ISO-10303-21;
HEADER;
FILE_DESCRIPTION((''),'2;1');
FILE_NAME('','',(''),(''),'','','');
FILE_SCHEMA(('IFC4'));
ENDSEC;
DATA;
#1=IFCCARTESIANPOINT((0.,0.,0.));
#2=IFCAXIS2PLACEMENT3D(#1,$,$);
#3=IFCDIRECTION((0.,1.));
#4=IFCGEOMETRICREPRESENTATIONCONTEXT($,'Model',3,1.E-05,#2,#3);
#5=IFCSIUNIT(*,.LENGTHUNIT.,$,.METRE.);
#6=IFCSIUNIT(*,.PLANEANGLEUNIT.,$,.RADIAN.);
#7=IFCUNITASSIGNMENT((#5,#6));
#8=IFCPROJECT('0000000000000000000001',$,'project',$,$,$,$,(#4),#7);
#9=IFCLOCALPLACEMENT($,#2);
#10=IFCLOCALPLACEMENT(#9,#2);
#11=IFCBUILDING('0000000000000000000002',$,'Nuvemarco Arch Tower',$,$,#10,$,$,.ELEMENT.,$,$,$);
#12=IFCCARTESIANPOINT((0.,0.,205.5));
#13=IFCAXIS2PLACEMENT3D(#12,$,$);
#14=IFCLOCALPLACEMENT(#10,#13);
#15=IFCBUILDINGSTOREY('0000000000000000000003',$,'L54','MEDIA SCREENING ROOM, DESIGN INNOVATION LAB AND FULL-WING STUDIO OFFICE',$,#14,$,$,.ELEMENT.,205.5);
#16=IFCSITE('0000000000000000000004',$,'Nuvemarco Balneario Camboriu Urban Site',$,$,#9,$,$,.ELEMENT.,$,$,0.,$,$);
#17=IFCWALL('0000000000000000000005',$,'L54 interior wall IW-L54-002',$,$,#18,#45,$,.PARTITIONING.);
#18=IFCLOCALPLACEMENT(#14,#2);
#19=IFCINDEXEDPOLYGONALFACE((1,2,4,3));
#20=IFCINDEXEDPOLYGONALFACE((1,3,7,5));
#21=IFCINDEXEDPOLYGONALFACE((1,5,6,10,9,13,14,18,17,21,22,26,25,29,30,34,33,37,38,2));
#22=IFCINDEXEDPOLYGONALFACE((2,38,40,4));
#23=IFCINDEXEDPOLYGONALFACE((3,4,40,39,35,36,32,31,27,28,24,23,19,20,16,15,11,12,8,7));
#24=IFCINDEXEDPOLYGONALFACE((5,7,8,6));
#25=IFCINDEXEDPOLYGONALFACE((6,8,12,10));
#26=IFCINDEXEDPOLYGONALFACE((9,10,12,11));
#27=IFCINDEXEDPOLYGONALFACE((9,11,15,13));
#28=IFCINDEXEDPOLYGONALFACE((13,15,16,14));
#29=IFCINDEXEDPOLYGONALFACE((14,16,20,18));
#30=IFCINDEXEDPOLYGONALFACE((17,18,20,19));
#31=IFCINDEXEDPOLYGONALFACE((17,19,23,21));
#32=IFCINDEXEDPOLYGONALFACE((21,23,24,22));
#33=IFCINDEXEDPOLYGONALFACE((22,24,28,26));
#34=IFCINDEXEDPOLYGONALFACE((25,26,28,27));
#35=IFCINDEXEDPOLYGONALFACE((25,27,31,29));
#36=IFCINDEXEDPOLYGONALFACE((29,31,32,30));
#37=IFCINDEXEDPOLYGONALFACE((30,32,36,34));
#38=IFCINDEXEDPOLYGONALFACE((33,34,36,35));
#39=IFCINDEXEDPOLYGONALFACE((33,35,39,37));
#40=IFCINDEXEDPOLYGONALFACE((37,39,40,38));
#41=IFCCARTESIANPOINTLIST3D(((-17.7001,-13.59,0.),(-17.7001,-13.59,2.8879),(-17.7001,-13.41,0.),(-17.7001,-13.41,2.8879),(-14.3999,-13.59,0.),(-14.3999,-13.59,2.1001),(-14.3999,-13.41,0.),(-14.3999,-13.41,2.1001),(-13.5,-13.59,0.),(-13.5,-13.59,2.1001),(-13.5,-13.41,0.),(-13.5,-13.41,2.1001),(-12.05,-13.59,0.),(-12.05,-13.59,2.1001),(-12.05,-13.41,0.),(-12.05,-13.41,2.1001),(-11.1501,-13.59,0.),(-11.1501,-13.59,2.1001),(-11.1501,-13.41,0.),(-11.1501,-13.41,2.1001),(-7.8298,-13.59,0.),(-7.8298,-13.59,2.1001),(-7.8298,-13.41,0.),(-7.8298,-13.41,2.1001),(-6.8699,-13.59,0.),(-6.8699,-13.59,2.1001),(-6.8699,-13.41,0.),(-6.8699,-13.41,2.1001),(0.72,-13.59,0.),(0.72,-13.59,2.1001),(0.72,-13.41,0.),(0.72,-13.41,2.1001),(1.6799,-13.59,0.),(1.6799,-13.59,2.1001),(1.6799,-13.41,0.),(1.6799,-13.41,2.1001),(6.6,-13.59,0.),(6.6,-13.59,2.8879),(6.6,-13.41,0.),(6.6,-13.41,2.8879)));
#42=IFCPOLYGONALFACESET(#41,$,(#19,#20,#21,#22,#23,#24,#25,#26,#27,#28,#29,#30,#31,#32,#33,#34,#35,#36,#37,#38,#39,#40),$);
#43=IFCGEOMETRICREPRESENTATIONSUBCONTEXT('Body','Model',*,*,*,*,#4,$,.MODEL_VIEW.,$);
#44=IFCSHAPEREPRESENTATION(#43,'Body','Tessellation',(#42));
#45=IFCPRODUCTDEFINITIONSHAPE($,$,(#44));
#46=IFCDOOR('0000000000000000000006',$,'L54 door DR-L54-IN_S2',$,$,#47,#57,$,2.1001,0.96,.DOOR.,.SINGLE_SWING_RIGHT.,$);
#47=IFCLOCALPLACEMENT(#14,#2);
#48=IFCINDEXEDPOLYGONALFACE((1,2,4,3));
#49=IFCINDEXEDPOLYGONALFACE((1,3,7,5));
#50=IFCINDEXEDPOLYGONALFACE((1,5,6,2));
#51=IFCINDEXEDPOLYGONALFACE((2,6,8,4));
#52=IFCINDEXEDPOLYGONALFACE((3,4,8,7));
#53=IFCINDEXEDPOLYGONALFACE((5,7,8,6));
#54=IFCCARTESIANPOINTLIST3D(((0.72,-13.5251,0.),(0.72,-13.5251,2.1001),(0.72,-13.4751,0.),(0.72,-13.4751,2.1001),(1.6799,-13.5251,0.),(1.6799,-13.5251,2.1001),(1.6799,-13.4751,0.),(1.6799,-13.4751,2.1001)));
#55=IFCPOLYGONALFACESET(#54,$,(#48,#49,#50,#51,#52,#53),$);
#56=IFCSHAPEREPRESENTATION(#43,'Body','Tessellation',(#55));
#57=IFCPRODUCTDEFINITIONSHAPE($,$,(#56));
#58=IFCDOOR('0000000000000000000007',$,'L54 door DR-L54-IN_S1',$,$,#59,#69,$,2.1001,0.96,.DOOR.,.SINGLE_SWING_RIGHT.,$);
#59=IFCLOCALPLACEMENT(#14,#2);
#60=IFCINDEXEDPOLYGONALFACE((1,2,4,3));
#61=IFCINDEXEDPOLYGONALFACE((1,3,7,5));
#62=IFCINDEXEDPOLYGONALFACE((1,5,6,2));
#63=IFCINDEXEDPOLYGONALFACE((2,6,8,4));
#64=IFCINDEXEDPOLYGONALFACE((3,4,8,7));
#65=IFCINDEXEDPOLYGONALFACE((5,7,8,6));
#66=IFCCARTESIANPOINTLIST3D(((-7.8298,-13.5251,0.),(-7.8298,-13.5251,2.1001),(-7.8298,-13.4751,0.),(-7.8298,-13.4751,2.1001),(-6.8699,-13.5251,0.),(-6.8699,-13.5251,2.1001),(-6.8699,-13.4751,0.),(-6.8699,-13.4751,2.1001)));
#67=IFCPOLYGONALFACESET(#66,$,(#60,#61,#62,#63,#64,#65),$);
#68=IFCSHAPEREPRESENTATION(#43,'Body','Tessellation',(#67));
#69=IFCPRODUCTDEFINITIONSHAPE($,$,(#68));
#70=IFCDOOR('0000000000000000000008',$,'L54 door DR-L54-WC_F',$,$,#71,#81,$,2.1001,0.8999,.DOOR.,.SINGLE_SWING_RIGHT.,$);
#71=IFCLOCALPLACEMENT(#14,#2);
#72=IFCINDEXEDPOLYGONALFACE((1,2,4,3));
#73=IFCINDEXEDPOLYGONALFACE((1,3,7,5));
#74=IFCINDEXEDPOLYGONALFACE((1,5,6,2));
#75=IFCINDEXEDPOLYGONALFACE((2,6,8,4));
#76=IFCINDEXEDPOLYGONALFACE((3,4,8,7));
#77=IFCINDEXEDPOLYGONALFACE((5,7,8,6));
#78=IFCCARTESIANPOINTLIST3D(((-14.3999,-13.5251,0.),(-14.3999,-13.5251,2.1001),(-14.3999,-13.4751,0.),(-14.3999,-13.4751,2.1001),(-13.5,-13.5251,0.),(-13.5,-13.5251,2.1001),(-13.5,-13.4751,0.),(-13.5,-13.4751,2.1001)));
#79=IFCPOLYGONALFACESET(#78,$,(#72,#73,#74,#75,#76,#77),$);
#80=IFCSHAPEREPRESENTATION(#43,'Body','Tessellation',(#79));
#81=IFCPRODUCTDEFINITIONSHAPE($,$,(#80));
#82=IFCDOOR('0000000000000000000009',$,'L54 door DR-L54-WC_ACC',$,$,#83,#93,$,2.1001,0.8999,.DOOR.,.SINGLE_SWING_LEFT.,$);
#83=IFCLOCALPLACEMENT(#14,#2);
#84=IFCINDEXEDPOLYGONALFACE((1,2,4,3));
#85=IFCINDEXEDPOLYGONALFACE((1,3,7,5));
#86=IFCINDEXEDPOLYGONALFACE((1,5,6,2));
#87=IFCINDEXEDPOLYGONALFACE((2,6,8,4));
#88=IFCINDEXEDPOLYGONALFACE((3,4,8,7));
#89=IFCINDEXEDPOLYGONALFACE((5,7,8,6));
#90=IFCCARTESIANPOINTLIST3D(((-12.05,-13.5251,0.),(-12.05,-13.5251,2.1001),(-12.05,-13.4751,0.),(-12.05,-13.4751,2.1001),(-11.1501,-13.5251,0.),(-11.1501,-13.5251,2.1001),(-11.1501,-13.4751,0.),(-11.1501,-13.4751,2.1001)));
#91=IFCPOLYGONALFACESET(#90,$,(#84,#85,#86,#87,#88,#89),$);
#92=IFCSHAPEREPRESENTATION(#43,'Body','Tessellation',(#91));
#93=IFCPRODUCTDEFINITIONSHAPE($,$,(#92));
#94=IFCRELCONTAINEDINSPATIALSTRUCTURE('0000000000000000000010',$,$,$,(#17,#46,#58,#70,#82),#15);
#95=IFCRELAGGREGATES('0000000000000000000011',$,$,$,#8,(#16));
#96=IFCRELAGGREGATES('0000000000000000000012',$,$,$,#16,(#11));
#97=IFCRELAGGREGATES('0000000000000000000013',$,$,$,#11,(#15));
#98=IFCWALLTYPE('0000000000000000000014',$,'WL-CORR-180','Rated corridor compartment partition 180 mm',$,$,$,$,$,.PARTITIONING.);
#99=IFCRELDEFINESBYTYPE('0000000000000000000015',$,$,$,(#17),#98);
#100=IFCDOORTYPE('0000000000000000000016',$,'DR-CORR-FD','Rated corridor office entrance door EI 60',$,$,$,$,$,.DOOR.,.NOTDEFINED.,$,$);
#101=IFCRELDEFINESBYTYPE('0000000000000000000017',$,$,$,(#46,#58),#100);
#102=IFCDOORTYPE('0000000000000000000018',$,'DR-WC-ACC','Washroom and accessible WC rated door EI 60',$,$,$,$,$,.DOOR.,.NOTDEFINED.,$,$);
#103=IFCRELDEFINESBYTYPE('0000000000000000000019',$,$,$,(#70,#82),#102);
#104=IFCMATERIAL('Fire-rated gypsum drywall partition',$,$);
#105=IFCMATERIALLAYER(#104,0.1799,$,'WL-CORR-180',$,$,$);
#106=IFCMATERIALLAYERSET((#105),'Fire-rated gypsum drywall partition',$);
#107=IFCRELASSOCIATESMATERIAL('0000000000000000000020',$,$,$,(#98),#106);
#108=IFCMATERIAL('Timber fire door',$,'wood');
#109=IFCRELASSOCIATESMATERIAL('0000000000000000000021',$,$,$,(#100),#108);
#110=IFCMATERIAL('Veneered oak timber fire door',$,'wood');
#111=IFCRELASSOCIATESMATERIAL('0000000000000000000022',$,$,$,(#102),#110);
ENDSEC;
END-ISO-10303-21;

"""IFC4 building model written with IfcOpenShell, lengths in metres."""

from ifc_helpers import new_model, si_unit, direction, frame, frame_2d, origin, place, context, subcontext, project, spatial, rectangle, extrude, source, transform, mapped, material, layer, layer_set, type_object, type_shapes, element, fill, save


model = new_model("IFC4")

# Units and contexts
model_context = context("Model", 3, precision=1e-05, world=origin(), true_north=direction((0.0, 1.0)))
body_context = subcontext(model_context, "Body", "Model", "MODEL_VIEW")
ifc_project = project(units=[si_unit("LENGTHUNIT", "METRE"), si_unit("PLANEANGLEUNIT", "RADIAN")], contexts=[model_context])

# Site, building, storey
site_placement = place(None, origin())
site = spatial("IfcSite", under=ifc_project, at=site_placement, Name="Nuvemarco Balneario Camboriu Urban Site", CompositionType="ELEMENT", RefElevation=0.0)
building_placement = place(site_placement, origin())
building = spatial("IfcBuilding", under=site, at=building_placement, Name="Nuvemarco Arch Tower", CompositionType="ELEMENT")
storey_placement = place(building_placement, frame((0.0, 0.0, 205.5)))
storey = spatial("IfcBuildingStorey", under=building, at=storey_placement, Name="L54", Description="MEDIA SCREENING ROOM, DESIGN INNOVATION LAB AND FULL-WING STUDIO OFFICE", CompositionType="ELEMENT", Elevation=205.5)

# Wall, openings, doors
ifc_material_1 = material(Name="Fire-rated gypsum drywall partition")
ifc_layer_1 = layer(ifc_material_1, 0.1799, Name="WL-CORR-180")
ifc_layer_set_1 = layer_set([ifc_layer_1], Name="Fire-rated gypsum drywall partition")
wall_type_1 = type_object("IfcWallType", Name="WL-CORR-180", Description="Rated corridor compartment partition 180 mm", PredefinedType="PARTITIONING", material=ifc_layer_set_1)
wall_1_placement = place(storey_placement, frame((-17.7, -13.5, 0.0), z_axis=(0.0, 0.0, 1.0), x_axis=(1.0, 0.0, 0.0)))
wall_1 = element("IfcWall", 1, at=wall_1_placement, inside=storey, type_object=wall_type_1, Name="L54 interior wall IW-L54-002", PredefinedType="PARTITIONING", context=body_context, shape_type="SweptSolid", body=[
    extrude(rectangle(XDim=24.3, YDim=0.1799, at=frame_2d((12.1499, 0.0))), origin(), (0.0, 0.0, 1.0), 2.8879),
])
opening_1_placement = place(wall_1_placement, frame((18.4199, 0.0, 0.0)))
opening_1 = element("IfcOpeningElement", 2, at=opening_1_placement, cuts=wall_1, PredefinedType="OPENING", context=body_context, shape_type="SweptSolid", body=[
    extrude(rectangle(XDim=0.96, YDim=2.1001, at=frame_2d((0.48, 1.05))), frame((0.0, 0.0999, 0.0), z_axis=(0.0, -1.0, 0.0), x_axis=(1.0, 0.0, 0.0)), (0.0, 0.0, 1.0), 0.2),
])
opening_2_placement = place(wall_1_placement, frame((9.8701, 0.0, 0.0)))
opening_2 = element("IfcOpeningElement", 3, at=opening_2_placement, cuts=wall_1, PredefinedType="OPENING", context=body_context, shape_type="SweptSolid", body=[
    extrude(rectangle(XDim=0.96, YDim=2.1001, at=frame_2d((0.48, 1.05))), frame((0.0, 0.0999, 0.0), z_axis=(0.0, -1.0, 0.0), x_axis=(1.0, 0.0, 0.0)), (0.0, 0.0, 1.0), 0.2),
])
opening_3_placement = place(wall_1_placement, frame((3.3, 0.0, 0.0)))
opening_3 = element("IfcOpeningElement", 4, at=opening_3_placement, cuts=wall_1, PredefinedType="OPENING", context=body_context, shape_type="SweptSolid", body=[
    extrude(rectangle(XDim=0.8999, YDim=2.1001, at=frame_2d((0.45, 1.05))), frame((0.0, 0.0999, 0.0), z_axis=(0.0, -1.0, 0.0), x_axis=(1.0, 0.0, 0.0)), (0.0, 0.0, 1.0), 0.2),
])
opening_4_placement = place(wall_1_placement, frame((5.6499, 0.0, 0.0)))
opening_4 = element("IfcOpeningElement", 5, at=opening_4_placement, cuts=wall_1, PredefinedType="OPENING", context=body_context, shape_type="SweptSolid", body=[
    extrude(rectangle(XDim=0.8999, YDim=2.1001, at=frame_2d((0.45, 1.05))), frame((0.0, 0.0999, 0.0), z_axis=(0.0, -1.0, 0.0), x_axis=(1.0, 0.0, 0.0)), (0.0, 0.0, 1.0), 0.2),
])
ifc_material_2 = material(Name="Timber fire door", Category="wood")
door_type_1 = type_object("IfcDoorType", Name="DR-CORR-FD", Description="Rated corridor office entrance door EI 60", OperationType="NOTDEFINED", PredefinedType="DOOR", material=ifc_material_2)
shared_shape_1 = source(origin(), body_context, "Body", "SweptSolid", [
    extrude(rectangle(XDim=0.96, YDim=2.1001, at=frame_2d((0.48, 1.05))), frame((0.0, 0.0249, 0.0), z_axis=(0.0, -1.0, 0.0), x_axis=(1.0, 0.0, 0.0)), (0.0, 0.0, 1.0), 0.05),
])
type_shapes(door_type_1, [shared_shape_1])
door_1_placement = place(opening_1_placement, origin())
door_1 = element("IfcDoor", 6, at=door_1_placement, inside=storey, type_object=door_type_1, Name="L54 door DR-L54-IN_S2", OperationType="SINGLE_SWING_RIGHT", OverallHeight=2.1001, OverallWidth=0.96, PredefinedType="DOOR", context=body_context, shape_type="MappedRepresentation", body=[
    mapped(shared_shape_1, transform((0.0, 0.0, 0.0), scale=1.0)),
])
fill(opening_1, door_1)
door_2_placement = place(opening_2_placement, origin())
door_2 = element("IfcDoor", 7, at=door_2_placement, inside=storey, type_object=door_type_1, Name="L54 door DR-L54-IN_S1", OperationType="SINGLE_SWING_RIGHT", OverallHeight=2.1001, OverallWidth=0.96, PredefinedType="DOOR", context=body_context, shape_type="MappedRepresentation", body=[
    mapped(shared_shape_1, transform((0.0, 0.0, 0.0), scale=1.0)),
])
fill(opening_2, door_2)
ifc_material_3 = material(Name="Veneered oak timber fire door", Category="wood")
door_type_2 = type_object("IfcDoorType", Name="DR-WC-ACC", Description="Washroom and accessible WC rated door EI 60", OperationType="NOTDEFINED", PredefinedType="DOOR", material=ifc_material_3)
shared_shape_2 = source(origin(), body_context, "Body", "SweptSolid", [
    extrude(rectangle(XDim=0.8999, YDim=2.1001, at=frame_2d((0.45, 1.05))), frame((0.0, 0.0249, 0.0), z_axis=(0.0, -1.0, 0.0), x_axis=(1.0, 0.0, 0.0)), (0.0, 0.0, 1.0), 0.05),
])
type_shapes(door_type_2, [shared_shape_2])
door_3_placement = place(opening_3_placement, origin())
door_3 = element("IfcDoor", 8, at=door_3_placement, inside=storey, type_object=door_type_2, Name="L54 door DR-L54-WC_F", OperationType="SINGLE_SWING_RIGHT", OverallHeight=2.1001, OverallWidth=0.8999, PredefinedType="DOOR", context=body_context, shape_type="MappedRepresentation", body=[
    mapped(shared_shape_2, transform((0.0, 0.0, 0.0), scale=1.0)),
])
fill(opening_3, door_3)
door_4_placement = place(opening_4_placement, origin())
door_4 = element("IfcDoor", 9, at=door_4_placement, inside=storey, type_object=door_type_2, Name="L54 door DR-L54-WC_ACC", OperationType="SINGLE_SWING_LEFT", OverallHeight=2.1001, OverallWidth=0.8999, PredefinedType="DOOR", context=body_context, shape_type="MappedRepresentation", body=[
    mapped(shared_shape_2, transform((0.0, 0.0, 0.0), scale=1.0)),
])
fill(opening_4, door_4)

save(model, "model.ifc")
